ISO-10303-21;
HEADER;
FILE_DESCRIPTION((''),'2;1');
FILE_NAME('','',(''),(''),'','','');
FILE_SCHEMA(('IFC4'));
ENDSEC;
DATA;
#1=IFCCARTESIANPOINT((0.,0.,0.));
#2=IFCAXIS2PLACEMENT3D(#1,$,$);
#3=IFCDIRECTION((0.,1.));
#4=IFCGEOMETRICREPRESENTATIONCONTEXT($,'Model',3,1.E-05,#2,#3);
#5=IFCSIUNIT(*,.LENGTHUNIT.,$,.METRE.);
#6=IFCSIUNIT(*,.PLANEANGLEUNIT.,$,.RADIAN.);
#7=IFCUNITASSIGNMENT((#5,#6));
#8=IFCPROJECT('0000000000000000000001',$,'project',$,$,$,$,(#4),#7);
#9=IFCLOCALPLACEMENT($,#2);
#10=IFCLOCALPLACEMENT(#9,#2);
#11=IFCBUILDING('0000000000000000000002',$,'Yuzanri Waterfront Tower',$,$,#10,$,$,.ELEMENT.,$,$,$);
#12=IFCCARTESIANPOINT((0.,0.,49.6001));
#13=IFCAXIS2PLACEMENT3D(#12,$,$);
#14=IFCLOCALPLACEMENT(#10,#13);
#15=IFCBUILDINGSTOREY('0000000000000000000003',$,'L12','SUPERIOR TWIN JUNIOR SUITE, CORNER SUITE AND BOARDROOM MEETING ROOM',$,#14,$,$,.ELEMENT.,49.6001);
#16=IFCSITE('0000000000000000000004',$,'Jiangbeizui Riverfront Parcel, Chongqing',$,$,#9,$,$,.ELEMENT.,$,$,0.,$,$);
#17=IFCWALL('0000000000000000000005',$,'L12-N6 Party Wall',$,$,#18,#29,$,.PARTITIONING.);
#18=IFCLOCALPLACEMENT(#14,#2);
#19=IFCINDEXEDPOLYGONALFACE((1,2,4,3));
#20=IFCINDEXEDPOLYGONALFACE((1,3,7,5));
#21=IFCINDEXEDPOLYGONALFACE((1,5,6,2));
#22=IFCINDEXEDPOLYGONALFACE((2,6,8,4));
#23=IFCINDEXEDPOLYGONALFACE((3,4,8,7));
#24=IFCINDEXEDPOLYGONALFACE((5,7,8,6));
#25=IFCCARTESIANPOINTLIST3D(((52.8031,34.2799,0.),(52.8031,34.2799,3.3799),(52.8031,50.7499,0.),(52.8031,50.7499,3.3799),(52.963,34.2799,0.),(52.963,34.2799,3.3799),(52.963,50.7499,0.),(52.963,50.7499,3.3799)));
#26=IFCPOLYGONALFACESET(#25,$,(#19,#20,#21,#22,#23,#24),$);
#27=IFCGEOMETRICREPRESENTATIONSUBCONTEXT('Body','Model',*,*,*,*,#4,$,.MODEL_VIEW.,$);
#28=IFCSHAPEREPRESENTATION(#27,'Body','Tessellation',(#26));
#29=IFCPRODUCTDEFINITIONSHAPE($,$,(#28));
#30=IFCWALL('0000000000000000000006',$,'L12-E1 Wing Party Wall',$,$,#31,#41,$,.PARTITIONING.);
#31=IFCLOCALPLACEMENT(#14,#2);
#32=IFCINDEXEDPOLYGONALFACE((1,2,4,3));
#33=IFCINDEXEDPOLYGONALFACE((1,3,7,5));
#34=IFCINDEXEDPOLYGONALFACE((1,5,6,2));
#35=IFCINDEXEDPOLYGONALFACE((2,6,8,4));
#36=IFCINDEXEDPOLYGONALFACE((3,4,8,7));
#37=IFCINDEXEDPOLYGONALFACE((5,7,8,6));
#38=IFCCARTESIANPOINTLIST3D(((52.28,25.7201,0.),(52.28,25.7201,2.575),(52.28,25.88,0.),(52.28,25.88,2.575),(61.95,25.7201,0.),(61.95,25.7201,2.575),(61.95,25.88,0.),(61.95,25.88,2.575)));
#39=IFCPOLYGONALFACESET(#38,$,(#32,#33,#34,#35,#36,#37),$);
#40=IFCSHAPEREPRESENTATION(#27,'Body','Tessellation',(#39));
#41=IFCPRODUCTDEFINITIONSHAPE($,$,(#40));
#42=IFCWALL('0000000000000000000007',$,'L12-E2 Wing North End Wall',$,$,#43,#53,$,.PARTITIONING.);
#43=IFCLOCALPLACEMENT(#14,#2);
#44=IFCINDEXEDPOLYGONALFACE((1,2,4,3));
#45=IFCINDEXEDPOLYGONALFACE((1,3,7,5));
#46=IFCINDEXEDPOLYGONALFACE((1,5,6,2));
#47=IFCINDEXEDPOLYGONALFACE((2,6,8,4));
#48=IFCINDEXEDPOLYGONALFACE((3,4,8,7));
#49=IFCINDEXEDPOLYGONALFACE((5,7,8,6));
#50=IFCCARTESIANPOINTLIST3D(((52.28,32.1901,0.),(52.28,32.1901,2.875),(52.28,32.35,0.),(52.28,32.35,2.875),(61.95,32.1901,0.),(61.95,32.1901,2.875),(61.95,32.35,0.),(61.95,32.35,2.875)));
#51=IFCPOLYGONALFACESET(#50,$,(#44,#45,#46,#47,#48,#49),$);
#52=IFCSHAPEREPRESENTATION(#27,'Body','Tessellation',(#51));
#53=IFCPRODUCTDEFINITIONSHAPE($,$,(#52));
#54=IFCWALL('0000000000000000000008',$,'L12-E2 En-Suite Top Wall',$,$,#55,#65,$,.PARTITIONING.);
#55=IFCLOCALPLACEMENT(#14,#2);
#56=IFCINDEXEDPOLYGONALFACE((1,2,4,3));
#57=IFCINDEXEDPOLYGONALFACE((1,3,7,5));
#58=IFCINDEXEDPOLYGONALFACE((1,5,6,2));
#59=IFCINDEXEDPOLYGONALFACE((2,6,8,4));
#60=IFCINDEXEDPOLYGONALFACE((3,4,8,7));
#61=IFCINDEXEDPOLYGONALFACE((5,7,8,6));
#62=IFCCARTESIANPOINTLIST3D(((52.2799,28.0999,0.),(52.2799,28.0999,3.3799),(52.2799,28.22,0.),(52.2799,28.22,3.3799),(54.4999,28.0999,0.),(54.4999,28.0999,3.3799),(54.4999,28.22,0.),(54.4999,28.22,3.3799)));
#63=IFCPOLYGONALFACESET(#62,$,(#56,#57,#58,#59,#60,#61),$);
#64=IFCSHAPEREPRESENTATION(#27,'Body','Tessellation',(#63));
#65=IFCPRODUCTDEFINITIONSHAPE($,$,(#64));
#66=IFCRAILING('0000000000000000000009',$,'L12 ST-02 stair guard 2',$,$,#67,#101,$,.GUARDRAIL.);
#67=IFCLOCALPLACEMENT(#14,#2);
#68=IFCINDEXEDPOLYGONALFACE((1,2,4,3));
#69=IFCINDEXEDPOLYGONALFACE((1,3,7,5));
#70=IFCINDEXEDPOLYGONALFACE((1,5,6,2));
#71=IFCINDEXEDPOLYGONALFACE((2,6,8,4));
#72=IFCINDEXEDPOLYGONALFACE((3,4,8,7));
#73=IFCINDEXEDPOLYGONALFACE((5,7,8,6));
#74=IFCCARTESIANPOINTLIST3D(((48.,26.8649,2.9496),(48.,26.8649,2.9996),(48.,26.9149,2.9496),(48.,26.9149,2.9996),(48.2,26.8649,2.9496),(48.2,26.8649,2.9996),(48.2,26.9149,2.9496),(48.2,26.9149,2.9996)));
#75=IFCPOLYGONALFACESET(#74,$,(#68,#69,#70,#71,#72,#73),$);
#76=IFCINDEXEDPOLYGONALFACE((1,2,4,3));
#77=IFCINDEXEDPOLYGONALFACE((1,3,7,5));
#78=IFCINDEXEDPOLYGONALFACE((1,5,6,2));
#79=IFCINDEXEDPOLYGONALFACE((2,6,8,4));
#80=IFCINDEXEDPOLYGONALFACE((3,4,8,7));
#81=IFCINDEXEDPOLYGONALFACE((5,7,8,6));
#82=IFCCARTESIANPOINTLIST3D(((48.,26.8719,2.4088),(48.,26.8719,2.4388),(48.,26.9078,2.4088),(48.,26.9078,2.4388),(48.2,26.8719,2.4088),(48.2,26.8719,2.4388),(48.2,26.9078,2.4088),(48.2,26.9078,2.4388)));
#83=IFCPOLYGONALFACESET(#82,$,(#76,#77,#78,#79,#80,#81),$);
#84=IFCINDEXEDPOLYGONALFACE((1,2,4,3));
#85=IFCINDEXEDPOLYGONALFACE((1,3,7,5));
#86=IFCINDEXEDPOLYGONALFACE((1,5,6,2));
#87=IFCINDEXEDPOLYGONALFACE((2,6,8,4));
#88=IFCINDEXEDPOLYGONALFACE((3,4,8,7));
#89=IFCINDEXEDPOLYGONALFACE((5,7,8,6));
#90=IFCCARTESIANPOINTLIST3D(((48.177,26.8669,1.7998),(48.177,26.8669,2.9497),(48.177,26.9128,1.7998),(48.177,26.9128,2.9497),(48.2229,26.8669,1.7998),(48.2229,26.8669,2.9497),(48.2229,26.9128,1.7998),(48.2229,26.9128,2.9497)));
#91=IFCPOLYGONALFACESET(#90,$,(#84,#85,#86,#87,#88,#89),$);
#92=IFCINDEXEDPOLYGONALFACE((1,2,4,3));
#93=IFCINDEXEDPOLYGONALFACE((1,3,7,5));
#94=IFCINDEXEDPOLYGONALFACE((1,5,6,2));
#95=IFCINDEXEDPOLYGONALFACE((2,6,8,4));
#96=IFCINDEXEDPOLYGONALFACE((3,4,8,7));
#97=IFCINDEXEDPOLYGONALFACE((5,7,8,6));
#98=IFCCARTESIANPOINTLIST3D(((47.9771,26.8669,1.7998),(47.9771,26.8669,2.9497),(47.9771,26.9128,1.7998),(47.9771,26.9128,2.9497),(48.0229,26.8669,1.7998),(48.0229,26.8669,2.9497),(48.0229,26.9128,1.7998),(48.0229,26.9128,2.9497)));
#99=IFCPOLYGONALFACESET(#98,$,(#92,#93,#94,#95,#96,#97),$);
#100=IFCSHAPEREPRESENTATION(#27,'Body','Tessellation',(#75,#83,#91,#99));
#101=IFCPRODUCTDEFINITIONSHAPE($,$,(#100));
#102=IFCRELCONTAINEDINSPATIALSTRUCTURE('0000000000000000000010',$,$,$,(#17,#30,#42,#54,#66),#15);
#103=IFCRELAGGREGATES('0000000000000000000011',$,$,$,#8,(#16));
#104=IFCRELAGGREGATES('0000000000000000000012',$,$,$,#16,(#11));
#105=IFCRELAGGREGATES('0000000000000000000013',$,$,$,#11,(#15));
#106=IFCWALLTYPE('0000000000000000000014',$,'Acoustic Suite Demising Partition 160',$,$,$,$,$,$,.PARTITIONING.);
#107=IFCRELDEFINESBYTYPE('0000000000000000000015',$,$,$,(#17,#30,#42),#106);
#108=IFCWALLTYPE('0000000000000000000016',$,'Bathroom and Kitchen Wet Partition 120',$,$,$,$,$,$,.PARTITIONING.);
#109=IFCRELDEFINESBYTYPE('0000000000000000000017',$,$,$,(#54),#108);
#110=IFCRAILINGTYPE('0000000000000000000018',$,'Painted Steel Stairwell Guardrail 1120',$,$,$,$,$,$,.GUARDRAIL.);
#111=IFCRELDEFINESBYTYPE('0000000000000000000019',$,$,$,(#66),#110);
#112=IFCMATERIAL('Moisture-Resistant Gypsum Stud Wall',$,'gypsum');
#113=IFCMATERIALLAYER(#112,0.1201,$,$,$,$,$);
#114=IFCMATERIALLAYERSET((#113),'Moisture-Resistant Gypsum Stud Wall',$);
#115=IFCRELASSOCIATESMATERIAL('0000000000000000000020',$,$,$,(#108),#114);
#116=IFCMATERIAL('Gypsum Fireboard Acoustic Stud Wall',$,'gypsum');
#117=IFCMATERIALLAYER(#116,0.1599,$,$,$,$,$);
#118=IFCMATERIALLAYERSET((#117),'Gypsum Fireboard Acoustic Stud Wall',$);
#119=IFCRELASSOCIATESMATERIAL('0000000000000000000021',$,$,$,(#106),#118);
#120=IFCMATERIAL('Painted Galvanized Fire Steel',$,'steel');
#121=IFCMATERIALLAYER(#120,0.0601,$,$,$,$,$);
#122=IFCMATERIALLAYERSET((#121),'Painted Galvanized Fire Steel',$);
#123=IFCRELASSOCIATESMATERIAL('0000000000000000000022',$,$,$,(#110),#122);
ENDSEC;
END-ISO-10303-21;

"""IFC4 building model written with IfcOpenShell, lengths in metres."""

from ifc_helpers import new_model, si_unit, direction, frame, frame_2d, origin, origin_2d, place, context, subcontext, project, spatial, rectangle, extrude, source, transform, mapped, material, layer, layer_set, type_object, element, save


model = new_model("IFC4")

# Units and contexts
model_context = context("Model", 3, precision=1e-05, world=origin(), true_north=direction((0.0, 1.0)))
body_context = subcontext(model_context, "Body", "Model", "MODEL_VIEW")
ifc_project = project(units=[si_unit("LENGTHUNIT", "METRE"), si_unit("PLANEANGLEUNIT", "RADIAN")], contexts=[model_context])

# Site, building, storey
site_placement = place(None, origin())
site = spatial("IfcSite", under=ifc_project, at=site_placement, Name="Jiangbeizui Riverfront Parcel, Chongqing", CompositionType="ELEMENT", RefElevation=0.0)
building_placement = place(site_placement, origin())
building = spatial("IfcBuilding", under=site, at=building_placement, Name="Yuzanri Waterfront Tower", CompositionType="ELEMENT")
storey_placement = place(building_placement, frame((0.0, 0.0, 49.6001)))
storey = spatial("IfcBuildingStorey", under=building, at=storey_placement, Name="L12", Description="SUPERIOR TWIN JUNIOR SUITE, CORNER SUITE AND BOARDROOM MEETING ROOM", CompositionType="ELEMENT", Elevation=49.6001)

# Shared definitions
ifc_material_1 = material(Name="Moisture-Resistant Gypsum Stud Wall", Category="gypsum")
ifc_layer_1 = layer(ifc_material_1, 0.1201)
ifc_layer_set_1 = layer_set([ifc_layer_1], Name="Moisture-Resistant Gypsum Stud Wall")
wall_type_1 = type_object("IfcWallType", Name="Bathroom and Kitchen Wet Partition 120", PredefinedType="PARTITIONING", material=ifc_layer_set_1)

# Walls
ifc_material_2 = material(Name="Gypsum Fireboard Acoustic Stud Wall", Category="gypsum")
ifc_layer_2 = layer(ifc_material_2, 0.1599)
ifc_layer_set_2 = layer_set([ifc_layer_2], Name="Gypsum Fireboard Acoustic Stud Wall")
wall_type_2 = type_object("IfcWallType", Name="Acoustic Suite Demising Partition 160", PredefinedType="PARTITIONING", material=ifc_layer_set_2)
shared_shape_1 = source(origin(), body_context, "Body", "SweptSolid", [
    extrude(rectangle(XDim=16.47, YDim=0.1599, at=frame_2d((8.2349, 0.0))), origin(), (0.0, 0.0, 1.0), 3.3799),
])
wall_1_placement = place(storey_placement, frame((52.8831, 34.28, 0.0), z_axis=(0.0, 0.0, 1.0), x_axis=(0.0, 1.0, 0.0)))
element("IfcWall", 1, at=wall_1_placement, inside=storey, type_object=wall_type_2, Name="L12-N6 Party Wall", PredefinedType="PARTITIONING", context=body_context, shape_type="MappedRepresentation", body=[
    mapped(shared_shape_1, transform((0.0, 0.0, 0.0), scale=1.0)),
])
shared_shape_2 = source(origin(), body_context, "Body", "SweptSolid", [
    extrude(rectangle(XDim=9.6699, YDim=0.1599, at=frame_2d((4.835, 0.0))), origin(), (0.0, 0.0, 1.0), 2.575),
])
wall_2_placement = place(storey_placement, frame((52.28, 25.8, 0.0), z_axis=(0.0, 0.0, 1.0), x_axis=(1.0, 0.0, 0.0)))
element("IfcWall", 2, at=wall_2_placement, inside=storey, type_object=wall_type_2, Name="L12-E1 Wing Party Wall", PredefinedType="PARTITIONING", context=body_context, shape_type="MappedRepresentation", body=[
    mapped(shared_shape_2, transform((0.0, 0.0, 0.0), scale=1.0)),
])
shared_shape_3 = source(origin(), body_context, "Body", "SweptSolid", [
    extrude(rectangle(XDim=9.6699, YDim=0.1599, at=frame_2d((4.835, 0.0))), origin(), (0.0, 0.0, 1.0), 2.875),
])
wall_3_placement = place(storey_placement, frame((52.28, 32.27, 0.0), z_axis=(0.0, 0.0, 1.0), x_axis=(1.0, 0.0, 0.0)))
element("IfcWall", 3, at=wall_3_placement, inside=storey, type_object=wall_type_2, Name="L12-E2 Wing North End Wall", PredefinedType="PARTITIONING", context=body_context, shape_type="MappedRepresentation", body=[
    mapped(shared_shape_3, transform((0.0, 0.0, 0.0), scale=1.0)),
])
shared_shape_4 = source(origin(), body_context, "Body", "SweptSolid", [
    extrude(rectangle(XDim=2.22, YDim=0.1201, at=frame_2d((1.1099, 0.0))), origin(), (0.0, 0.0, 1.0), 3.3799),
])
wall_4_placement = place(storey_placement, frame((52.28, 28.1599, 0.0), z_axis=(0.0, 0.0, 1.0), x_axis=(1.0, 0.0, 0.0)))
element("IfcWall", 4, at=wall_4_placement, inside=storey, type_object=wall_type_1, Name="L12-E2 En-Suite Top Wall", PredefinedType="PARTITIONING", context=body_context, shape_type="MappedRepresentation", body=[
    mapped(shared_shape_4, transform((0.0, 0.0, 0.0), scale=1.0)),
])

# Railing
ifc_material_3 = material(Name="Painted Galvanized Fire Steel", Category="steel")
ifc_layer_3 = layer(ifc_material_3, 0.0601)
ifc_layer_set_3 = layer_set([ifc_layer_3], Name="Painted Galvanized Fire Steel")
railing_type = type_object("IfcRailingType", Name="Painted Steel Stairwell Guardrail 1120", PredefinedType="GUARDRAIL", material=ifc_layer_set_3)
shared_shape_5 = source(origin(), body_context, "Body", "SweptSolid", [
    extrude(rectangle(XDim=0.05, YDim=0.05, at=origin_2d()), frame((0.0, 0.0, 1.1748), z_axis=(-1.0, 0.0, 0.0), x_axis=(0.0, -1.0, 0.0)), (0.0, 0.0, 1.0), 0.2),
    extrude(rectangle(XDim=0.0359, YDim=0.03, at=origin_2d()), frame((0.0, 0.0, 0.624), z_axis=(-1.0, 0.0, 0.0), x_axis=(0.0, -1.0, 0.0)), (0.0, 0.0, 1.0), 0.2),
    extrude(rectangle(XDim=0.0459, YDim=0.0459, at=origin_2d()), origin(), (0.0, 0.0, 1.0), 1.1499),
    extrude(rectangle(XDim=0.0459, YDim=0.0459, at=origin_2d()), frame((-0.2, 0.0, 0.0)), (0.0, 0.0, 1.0), 1.1499),
])
railing_placement = place(storey_placement, frame((48.2, 26.8899, 1.7998)))
element("IfcRailing", 5, at=railing_placement, inside=storey, type_object=railing_type, Name="L12 ST-02 stair guard 2", PredefinedType="GUARDRAIL", context=body_context, shape_type="MappedRepresentation", body=[
    mapped(shared_shape_5, transform((0.0, 0.0, 0.0), scale=1.0)),
])

save(model, "model.ifc")
